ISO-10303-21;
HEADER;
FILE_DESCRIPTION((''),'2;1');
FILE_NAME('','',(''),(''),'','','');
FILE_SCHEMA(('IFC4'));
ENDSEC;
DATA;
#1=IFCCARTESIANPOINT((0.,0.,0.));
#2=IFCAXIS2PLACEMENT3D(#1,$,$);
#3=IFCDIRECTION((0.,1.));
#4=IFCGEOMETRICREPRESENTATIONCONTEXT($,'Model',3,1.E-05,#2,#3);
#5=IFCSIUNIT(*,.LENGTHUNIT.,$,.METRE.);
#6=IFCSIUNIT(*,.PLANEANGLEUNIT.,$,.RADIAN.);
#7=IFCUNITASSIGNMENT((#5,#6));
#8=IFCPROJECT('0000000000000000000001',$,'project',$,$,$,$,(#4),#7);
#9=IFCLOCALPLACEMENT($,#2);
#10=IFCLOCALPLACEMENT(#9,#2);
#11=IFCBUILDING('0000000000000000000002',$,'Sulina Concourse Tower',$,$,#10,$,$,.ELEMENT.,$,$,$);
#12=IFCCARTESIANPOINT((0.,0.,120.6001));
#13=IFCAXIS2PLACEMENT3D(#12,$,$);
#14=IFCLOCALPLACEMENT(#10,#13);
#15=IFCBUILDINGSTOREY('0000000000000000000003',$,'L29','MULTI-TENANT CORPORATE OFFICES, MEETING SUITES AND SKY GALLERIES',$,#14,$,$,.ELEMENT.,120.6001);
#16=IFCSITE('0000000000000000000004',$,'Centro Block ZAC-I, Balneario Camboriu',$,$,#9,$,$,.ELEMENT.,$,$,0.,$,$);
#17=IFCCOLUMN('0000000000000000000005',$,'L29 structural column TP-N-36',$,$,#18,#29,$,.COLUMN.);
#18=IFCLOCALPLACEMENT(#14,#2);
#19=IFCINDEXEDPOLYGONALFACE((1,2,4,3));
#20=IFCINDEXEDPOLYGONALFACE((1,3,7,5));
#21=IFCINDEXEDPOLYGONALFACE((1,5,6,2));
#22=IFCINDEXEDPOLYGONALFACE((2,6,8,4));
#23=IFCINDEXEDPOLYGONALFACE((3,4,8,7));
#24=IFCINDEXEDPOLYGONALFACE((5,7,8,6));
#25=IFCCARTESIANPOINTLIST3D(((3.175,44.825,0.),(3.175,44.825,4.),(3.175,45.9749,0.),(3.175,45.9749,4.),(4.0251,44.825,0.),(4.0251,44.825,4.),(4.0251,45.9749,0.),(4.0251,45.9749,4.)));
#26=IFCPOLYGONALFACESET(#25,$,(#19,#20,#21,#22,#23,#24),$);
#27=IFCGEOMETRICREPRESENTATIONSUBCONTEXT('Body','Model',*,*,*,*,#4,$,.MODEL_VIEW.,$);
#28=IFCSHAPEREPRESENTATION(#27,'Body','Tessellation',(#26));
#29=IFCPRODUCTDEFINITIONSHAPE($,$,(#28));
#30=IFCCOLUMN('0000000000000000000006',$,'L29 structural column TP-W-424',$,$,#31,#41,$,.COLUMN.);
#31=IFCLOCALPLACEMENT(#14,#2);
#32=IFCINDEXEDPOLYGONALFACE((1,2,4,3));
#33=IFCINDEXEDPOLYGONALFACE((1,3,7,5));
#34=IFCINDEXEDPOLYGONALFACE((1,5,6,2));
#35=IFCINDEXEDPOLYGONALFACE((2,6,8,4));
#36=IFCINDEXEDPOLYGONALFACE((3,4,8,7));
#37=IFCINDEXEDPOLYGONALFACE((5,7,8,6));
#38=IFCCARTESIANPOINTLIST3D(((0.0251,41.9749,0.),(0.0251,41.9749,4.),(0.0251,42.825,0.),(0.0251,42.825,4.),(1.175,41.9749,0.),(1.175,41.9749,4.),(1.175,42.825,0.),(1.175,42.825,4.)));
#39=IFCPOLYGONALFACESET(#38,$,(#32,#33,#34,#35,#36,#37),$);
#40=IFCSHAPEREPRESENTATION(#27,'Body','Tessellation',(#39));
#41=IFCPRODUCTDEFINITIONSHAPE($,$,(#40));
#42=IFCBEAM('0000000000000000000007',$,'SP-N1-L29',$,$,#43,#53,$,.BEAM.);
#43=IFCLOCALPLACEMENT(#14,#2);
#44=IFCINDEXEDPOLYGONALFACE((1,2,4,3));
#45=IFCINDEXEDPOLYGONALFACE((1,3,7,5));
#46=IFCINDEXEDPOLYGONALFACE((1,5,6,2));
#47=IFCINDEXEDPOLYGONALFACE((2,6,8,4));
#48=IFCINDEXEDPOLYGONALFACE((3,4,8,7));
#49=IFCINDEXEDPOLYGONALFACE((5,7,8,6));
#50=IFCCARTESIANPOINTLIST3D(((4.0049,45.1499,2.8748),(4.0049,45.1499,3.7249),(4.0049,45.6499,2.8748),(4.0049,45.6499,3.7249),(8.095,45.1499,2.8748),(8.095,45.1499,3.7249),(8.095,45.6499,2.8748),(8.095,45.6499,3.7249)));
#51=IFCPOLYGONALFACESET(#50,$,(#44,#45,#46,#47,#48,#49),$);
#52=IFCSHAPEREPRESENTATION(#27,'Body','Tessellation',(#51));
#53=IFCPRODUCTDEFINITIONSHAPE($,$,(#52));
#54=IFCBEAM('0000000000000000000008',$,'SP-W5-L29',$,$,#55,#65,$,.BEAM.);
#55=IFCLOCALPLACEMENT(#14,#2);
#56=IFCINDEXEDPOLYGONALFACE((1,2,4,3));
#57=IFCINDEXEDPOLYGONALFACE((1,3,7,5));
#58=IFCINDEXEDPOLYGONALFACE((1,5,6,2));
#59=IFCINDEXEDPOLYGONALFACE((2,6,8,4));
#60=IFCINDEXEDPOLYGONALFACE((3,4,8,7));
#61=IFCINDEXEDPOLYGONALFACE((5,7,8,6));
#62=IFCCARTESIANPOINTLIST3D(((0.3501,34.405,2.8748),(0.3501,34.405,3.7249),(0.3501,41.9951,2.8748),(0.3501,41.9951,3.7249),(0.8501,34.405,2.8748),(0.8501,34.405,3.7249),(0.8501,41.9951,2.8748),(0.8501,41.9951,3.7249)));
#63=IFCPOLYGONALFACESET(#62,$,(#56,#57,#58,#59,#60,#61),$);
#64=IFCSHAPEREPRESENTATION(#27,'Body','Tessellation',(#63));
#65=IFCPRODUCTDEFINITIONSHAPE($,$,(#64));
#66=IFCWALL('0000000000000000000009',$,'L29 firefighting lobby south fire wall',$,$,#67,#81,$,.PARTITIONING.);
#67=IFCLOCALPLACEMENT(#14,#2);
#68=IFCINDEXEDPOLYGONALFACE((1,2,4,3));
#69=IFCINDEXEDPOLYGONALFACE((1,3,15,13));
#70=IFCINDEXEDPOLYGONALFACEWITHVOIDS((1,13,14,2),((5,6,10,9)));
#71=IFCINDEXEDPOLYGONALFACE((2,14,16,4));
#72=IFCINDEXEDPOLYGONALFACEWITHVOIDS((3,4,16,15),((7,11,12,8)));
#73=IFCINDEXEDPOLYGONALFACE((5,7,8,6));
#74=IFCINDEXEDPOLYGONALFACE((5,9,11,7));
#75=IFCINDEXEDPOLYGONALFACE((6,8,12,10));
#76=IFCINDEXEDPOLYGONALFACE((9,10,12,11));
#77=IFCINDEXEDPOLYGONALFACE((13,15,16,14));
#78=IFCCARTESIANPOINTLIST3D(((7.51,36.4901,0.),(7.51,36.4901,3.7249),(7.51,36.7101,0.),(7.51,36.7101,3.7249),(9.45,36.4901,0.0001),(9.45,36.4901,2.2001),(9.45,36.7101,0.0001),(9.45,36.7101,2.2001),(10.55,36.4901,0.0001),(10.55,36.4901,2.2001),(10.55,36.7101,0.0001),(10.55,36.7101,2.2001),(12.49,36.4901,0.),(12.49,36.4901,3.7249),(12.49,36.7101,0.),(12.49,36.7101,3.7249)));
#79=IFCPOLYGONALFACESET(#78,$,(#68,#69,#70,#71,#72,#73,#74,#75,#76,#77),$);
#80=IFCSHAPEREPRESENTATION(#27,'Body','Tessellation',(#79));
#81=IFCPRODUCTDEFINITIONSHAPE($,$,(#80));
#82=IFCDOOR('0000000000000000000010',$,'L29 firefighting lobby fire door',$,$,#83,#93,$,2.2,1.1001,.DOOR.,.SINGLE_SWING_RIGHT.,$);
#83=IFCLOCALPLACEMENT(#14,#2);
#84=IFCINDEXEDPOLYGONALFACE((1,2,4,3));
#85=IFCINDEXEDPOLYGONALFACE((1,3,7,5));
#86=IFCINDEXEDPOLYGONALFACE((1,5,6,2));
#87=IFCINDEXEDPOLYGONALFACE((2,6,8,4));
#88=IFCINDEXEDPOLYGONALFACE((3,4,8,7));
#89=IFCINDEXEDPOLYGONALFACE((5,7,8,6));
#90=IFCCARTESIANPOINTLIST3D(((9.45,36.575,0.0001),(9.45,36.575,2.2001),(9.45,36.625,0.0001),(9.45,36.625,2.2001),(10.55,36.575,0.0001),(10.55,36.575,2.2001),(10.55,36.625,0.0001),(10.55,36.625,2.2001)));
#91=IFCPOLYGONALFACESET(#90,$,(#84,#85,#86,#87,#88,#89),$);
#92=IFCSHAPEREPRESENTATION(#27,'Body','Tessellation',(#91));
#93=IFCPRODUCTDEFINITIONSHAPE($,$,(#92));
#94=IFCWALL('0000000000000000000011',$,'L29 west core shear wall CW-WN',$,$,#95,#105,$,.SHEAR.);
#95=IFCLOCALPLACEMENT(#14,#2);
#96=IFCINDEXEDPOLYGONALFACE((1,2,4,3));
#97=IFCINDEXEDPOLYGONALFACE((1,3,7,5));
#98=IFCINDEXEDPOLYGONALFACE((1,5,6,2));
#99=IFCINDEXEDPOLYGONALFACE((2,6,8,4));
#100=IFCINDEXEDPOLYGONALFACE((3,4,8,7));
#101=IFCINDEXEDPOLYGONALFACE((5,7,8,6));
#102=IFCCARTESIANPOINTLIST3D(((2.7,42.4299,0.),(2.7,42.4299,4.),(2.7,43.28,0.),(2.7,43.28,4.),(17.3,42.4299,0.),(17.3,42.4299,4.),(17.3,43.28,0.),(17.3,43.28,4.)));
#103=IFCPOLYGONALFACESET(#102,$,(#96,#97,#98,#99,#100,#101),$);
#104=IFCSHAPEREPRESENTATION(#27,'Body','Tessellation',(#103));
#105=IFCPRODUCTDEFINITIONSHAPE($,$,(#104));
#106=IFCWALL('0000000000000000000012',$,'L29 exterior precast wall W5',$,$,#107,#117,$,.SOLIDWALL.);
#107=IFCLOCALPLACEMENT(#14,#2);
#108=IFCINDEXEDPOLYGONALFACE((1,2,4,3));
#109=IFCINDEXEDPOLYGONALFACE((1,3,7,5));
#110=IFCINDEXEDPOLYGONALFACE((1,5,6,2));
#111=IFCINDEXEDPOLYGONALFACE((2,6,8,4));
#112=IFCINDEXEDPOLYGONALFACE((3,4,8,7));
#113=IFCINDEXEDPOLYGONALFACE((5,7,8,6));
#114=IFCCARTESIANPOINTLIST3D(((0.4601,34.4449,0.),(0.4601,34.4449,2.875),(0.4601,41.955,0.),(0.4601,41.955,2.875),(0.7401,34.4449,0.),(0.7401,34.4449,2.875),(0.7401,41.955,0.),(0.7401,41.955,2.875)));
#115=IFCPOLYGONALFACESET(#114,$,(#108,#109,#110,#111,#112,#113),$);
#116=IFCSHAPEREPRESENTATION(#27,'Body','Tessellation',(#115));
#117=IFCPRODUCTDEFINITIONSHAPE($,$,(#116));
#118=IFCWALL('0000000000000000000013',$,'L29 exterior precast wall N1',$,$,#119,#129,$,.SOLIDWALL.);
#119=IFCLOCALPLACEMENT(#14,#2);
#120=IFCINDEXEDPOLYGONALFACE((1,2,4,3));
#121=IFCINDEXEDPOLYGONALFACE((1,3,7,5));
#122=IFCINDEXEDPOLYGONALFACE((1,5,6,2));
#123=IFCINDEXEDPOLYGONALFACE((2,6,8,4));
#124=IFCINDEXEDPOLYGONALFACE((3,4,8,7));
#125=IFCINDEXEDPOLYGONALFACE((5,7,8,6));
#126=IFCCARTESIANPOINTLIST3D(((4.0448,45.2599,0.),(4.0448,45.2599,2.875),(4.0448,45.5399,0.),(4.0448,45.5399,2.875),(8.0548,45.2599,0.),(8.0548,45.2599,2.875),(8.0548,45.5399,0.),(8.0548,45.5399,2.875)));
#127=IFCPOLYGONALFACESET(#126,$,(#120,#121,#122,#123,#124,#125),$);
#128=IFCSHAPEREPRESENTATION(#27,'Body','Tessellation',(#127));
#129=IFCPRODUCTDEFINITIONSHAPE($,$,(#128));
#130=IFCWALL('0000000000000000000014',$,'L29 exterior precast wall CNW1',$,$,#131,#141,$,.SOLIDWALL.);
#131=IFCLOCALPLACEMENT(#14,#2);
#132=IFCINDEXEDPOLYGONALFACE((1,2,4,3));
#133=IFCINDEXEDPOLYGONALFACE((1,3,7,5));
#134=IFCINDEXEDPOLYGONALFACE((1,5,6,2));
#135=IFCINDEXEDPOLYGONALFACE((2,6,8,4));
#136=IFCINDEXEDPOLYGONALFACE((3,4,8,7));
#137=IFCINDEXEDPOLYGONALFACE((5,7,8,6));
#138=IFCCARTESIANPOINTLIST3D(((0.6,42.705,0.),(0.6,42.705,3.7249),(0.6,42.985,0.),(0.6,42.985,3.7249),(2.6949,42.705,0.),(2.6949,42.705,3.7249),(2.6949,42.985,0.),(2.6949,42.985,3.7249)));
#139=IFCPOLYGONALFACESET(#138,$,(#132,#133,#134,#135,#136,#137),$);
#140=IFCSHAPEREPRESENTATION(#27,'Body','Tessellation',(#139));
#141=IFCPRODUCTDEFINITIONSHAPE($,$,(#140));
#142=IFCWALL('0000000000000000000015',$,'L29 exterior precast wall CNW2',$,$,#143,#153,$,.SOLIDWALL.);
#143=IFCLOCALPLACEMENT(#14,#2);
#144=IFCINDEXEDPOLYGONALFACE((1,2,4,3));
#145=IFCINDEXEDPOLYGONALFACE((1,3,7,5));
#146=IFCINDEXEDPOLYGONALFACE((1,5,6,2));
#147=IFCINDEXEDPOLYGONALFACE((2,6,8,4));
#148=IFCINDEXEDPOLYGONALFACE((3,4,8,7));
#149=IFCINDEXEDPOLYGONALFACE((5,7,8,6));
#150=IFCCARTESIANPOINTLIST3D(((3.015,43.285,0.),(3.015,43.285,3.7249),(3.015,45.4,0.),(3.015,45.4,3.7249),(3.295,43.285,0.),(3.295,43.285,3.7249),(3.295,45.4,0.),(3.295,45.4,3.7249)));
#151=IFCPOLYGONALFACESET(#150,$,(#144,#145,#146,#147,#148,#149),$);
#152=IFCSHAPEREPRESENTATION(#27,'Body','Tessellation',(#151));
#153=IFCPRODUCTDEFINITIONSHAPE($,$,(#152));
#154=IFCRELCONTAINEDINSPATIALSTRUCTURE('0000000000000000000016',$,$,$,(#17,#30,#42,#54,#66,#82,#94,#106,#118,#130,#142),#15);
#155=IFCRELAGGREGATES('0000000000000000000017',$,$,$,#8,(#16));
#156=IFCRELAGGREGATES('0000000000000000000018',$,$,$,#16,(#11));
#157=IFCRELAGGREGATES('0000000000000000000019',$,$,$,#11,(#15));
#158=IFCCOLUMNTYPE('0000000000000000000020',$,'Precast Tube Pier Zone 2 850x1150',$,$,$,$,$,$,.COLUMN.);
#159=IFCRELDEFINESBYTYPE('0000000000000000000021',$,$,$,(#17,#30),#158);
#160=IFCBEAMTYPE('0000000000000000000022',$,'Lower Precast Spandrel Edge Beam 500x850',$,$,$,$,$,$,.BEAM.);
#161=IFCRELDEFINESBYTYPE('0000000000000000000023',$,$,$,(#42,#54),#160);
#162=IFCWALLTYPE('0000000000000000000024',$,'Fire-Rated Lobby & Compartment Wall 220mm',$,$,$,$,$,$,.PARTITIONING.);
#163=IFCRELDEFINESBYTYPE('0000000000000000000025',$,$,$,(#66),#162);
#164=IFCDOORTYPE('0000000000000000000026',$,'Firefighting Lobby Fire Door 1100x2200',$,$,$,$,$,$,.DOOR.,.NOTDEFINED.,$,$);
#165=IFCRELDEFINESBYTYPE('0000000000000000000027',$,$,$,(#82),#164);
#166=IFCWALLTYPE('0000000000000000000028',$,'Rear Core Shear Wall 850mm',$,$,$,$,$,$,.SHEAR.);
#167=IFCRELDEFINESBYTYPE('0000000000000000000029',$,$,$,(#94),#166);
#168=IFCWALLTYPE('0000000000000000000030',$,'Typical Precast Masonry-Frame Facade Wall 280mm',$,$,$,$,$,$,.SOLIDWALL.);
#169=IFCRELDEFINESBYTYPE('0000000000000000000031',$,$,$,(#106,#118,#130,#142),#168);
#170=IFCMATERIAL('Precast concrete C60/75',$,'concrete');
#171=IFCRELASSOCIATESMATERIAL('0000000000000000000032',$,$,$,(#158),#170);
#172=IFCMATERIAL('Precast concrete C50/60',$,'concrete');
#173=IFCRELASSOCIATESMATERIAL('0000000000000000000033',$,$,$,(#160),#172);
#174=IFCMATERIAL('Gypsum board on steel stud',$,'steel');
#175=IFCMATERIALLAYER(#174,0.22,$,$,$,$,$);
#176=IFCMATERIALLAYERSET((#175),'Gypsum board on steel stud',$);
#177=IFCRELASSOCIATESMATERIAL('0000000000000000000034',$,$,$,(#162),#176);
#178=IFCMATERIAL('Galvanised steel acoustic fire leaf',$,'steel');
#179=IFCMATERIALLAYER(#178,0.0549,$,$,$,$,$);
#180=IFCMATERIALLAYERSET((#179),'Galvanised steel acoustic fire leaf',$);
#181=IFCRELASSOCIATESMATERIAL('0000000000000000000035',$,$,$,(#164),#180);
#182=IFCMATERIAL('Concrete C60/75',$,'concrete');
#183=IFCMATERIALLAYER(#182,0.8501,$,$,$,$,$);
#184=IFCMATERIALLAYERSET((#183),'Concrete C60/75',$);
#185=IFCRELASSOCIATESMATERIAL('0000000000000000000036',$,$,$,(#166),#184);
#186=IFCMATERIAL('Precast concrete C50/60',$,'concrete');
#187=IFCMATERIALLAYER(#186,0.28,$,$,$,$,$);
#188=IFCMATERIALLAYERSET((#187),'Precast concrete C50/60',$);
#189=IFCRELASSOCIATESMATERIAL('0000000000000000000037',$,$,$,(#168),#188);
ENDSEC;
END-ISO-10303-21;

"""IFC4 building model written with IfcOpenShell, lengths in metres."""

from ifc_helpers import new_model, si_unit, direction, frame, frame_2d, origin, origin_2d, place, context, subcontext, project, spatial, rectangle, extrude, material, layer, layer_set, material_profile, profile_set, type_object, element, fill, save


model = new_model("IFC4")

# Units and contexts
model_context = context("Model", 3, precision=1e-05, world=origin(), true_north=direction((0.0, 1.0)))
body_context = subcontext(model_context, "Body", "Model", "MODEL_VIEW")
ifc_project = project(units=[si_unit("LENGTHUNIT", "METRE"), si_unit("PLANEANGLEUNIT", "RADIAN")], contexts=[model_context])

# Site, building, storey
site_placement = place(None, origin())
site = spatial("IfcSite", under=ifc_project, at=site_placement, Name="Centro Block ZAC-I, Balneario Camboriu", CompositionType="ELEMENT", RefElevation=0.0)
building_placement = place(site_placement, origin())
building = spatial("IfcBuilding", under=site, at=building_placement, Name="Sulina Concourse Tower", CompositionType="ELEMENT")
storey_placement = place(building_placement, frame((0.0, 0.0, 120.6001)))
storey = spatial("IfcBuildingStorey", under=building, at=storey_placement, Name="L29", Description="MULTI-TENANT CORPORATE OFFICES, MEETING SUITES AND SKY GALLERIES", CompositionType="ELEMENT", Elevation=120.6001)

# Columns
ifc_material_1 = material(Name="Precast concrete C60/75", Category="concrete")
ifc_material_profile_1 = material_profile(ifc_material_1, rectangle(XDim=0.8501, YDim=1.1499, at=origin_2d()), Name="PC 850x1150")
ifc_profile_set_1 = profile_set([ifc_material_profile_1], Name="Precast concrete C60/75")
column_type = type_object("IfcColumnType", Name="Precast Tube Pier Zone 2 850x1150", PredefinedType="COLUMN", material=ifc_profile_set_1)
for number, where, z_axis, x_axis, name in (
    (1, (3.6001, 45.3999, 0.0), (0.0, 0.0, 1.0), (1.0, 0.0, 0.0), "L29 structural column TP-N-36"),
    (2, (0.6001, 42.3999, 0.0), (0.0, 0.0, 1.0), (0.0, 1.0, 0.0), "L29 structural column TP-W-424"),
):
    element("IfcColumn", number, at=place(storey_placement, frame(where, z_axis=z_axis, x_axis=x_axis)), inside=storey, type_object=column_type, Name=name, PredefinedType="COLUMN", context=body_context, shape_type="SweptSolid", body=[
        extrude(rectangle(XDim=0.8501, YDim=1.1499, at=origin_2d()), origin(), (0.0, 0.0, 1.0), 4.0),
    ])

# Beams
ifc_material_2 = material(Name="Precast concrete C50/60", Category="concrete")
ifc_material_profile_2 = material_profile(ifc_material_2, rectangle(XDim=0.5, YDim=0.8501, at=origin_2d()), Name="RC 500x850")
ifc_profile_set_2 = profile_set([ifc_material_profile_2], Name="Precast concrete C50/60")
beam_type = type_object("IfcBeamType", Name="Lower Precast Spandrel Edge Beam 500x850", PredefinedType="BEAM", material=ifc_profile_set_2)
beam_1_placement = place(storey_placement, frame((4.0049, 45.3999, 3.2998), z_axis=(1.0, 0.0, 0.0), x_axis=(0.0, 1.0, 0.0)))
element("IfcBeam", 3, at=beam_1_placement, inside=storey, type_object=beam_type, Name="SP-N1-L29", PredefinedType="BEAM", context=body_context, shape_type="SweptSolid", body=[
    extrude(rectangle(XDim=0.5, YDim=0.8501, at=origin_2d()), origin(), (0.0, 0.0, 1.0), 4.0901),
])
beam_2_placement = place(storey_placement, frame((0.6001, 34.405, 3.2998), z_axis=(0.0, 1.0, 0.0), x_axis=(-1.0, 0.0, 0.0)))
element("IfcBeam", 4, at=beam_2_placement, inside=storey, type_object=beam_type, Name="SP-W5-L29", PredefinedType="BEAM", context=body_context, shape_type="SweptSolid", body=[
    extrude(rectangle(XDim=0.5, YDim=0.8501, at=origin_2d()), origin(), (0.0, 0.0, 1.0), 7.5901),
])

# Wall, opening, door
ifc_material_3 = material(Name="Gypsum board on steel stud", Category="steel")
ifc_layer_1 = layer(ifc_material_3, 0.22)
ifc_layer_set_1 = layer_set([ifc_layer_1], Name="Gypsum board on steel stud")
wall_type_1 = type_object("IfcWallType", Name="Fire-Rated Lobby & Compartment Wall 220mm", PredefinedType="PARTITIONING", material=ifc_layer_set_1)
wall_1_placement = place(storey_placement, frame((7.51, 36.6001, 0.0), z_axis=(0.0, 0.0, 1.0), x_axis=(1.0, 0.0, 0.0)))
wall_1 = element("IfcWall", 5, at=wall_1_placement, inside=storey, type_object=wall_type_1, Name="L29 firefighting lobby south fire wall", PredefinedType="PARTITIONING", context=body_context, shape_type="SweptSolid", body=[
    extrude(rectangle(XDim=4.98, YDim=0.22, at=frame_2d((2.49, 0.0))), origin(), (0.0, 0.0, 1.0), 3.7249),
])
opening_placement = place(wall_1_placement, frame((1.9399, 0.0, 0.0)))
opening = element("IfcOpeningElement", 6, at=opening_placement, cuts=wall_1, PredefinedType="OPENING", context=body_context, shape_type="SweptSolid", body=[
    extrude(rectangle(XDim=1.1001, YDim=2.2, at=frame_2d((0.55, 1.1001))), frame((0.0, 0.1199, 0.0), z_axis=(0.0, -1.0, 0.0), x_axis=(1.0, 0.0, 0.0)), (0.0, 0.0, 1.0), 0.24),
])
ifc_material_4 = material(Name="Galvanised steel acoustic fire leaf", Category="steel")
ifc_layer_2 = layer(ifc_material_4, 0.0549)
ifc_layer_set_2 = layer_set([ifc_layer_2], Name="Galvanised steel acoustic fire leaf")
door_type = type_object("IfcDoorType", Name="Firefighting Lobby Fire Door 1100x2200", OperationType="NOTDEFINED", PredefinedType="DOOR", material=ifc_layer_set_2)
door_placement = place(opening_placement, origin())
door = element("IfcDoor", 7, at=door_placement, inside=storey, type_object=door_type, Name="L29 firefighting lobby fire door", OperationType="SINGLE_SWING_RIGHT", OverallHeight=2.2, OverallWidth=1.1001, PredefinedType="DOOR", context=body_context, shape_type="SweptSolid", body=[
    extrude(rectangle(XDim=1.1001, YDim=2.2, at=frame_2d((0.55, 1.1001))), frame((0.0, 0.0249, 0.0), z_axis=(0.0, -1.0, 0.0), x_axis=(1.0, 0.0, 0.0)), (0.0, 0.0, 1.0), 0.05),
])
fill(opening, door)

# Walls
ifc_material_5 = material(Name="Concrete C60/75", Category="concrete")
ifc_layer_3 = layer(ifc_material_5, 0.8501)
ifc_layer_set_3 = layer_set([ifc_layer_3], Name="Concrete C60/75")
wall_type_2 = type_object("IfcWallType", Name="Rear Core Shear Wall 850mm", PredefinedType="SHEAR", material=ifc_layer_set_3)
wall_2_placement = place(storey_placement, frame((2.7, 42.855, 0.0), z_axis=(0.0, 0.0, 1.0), x_axis=(1.0, 0.0, 0.0)))
element("IfcWall", 8, at=wall_2_placement, inside=storey, type_object=wall_type_2, Name="L29 west core shear wall CW-WN", PredefinedType="SHEAR", context=body_context, shape_type="SweptSolid", body=[
    extrude(rectangle(XDim=14.6001, YDim=0.8501, at=frame_2d((7.3, 0.0))), origin(), (0.0, 0.0, 1.0), 4.0),
])
ifc_material_6 = material(Name="Precast concrete C50/60", Category="concrete")
ifc_layer_4 = layer(ifc_material_6, 0.28)
ifc_layer_set_4 = layer_set([ifc_layer_4], Name="Precast concrete C50/60")
wall_type_3 = type_object("IfcWallType", Name="Typical Precast Masonry-Frame Facade Wall 280mm", PredefinedType="SOLIDWALL", material=ifc_layer_set_4)
wall_3_placement = place(storey_placement, frame((0.6001, 34.4451, 0.0), z_axis=(0.0, 0.0, 1.0), x_axis=(0.0, 1.0, 0.0)))
element("IfcWall", 9, at=wall_3_placement, inside=storey, type_object=wall_type_3, Name="L29 exterior precast wall W5", PredefinedType="SOLIDWALL", context=body_context, shape_type="SweptSolid", body=[
    extrude(rectangle(XDim=7.51, YDim=0.28, at=frame_2d((3.7549, 0.0))), origin(), (0.0, 0.0, 1.0), 2.875),
])
wall_4_placement = place(storey_placement, frame((4.0449, 45.3999, 0.0), z_axis=(0.0, 0.0, 1.0), x_axis=(1.0, 0.0, 0.0)))
element("IfcWall", 10, at=wall_4_placement, inside=storey, type_object=wall_type_3, Name="L29 exterior precast wall N1", PredefinedType="SOLIDWALL", context=body_context, shape_type="SweptSolid", body=[
    extrude(rectangle(XDim=4.01, YDim=0.28, at=frame_2d((2.0049, 0.0))), origin(), (0.0, 0.0, 1.0), 2.875),
])
wall_5_placement = place(storey_placement, frame((0.6001, 42.845, 0.0), z_axis=(0.0, 0.0, 1.0), x_axis=(1.0, 0.0, 0.0)))
element("IfcWall", 11, at=wall_5_placement, inside=storey, type_object=wall_type_3, Name="L29 exterior precast wall CNW1", PredefinedType="SOLIDWALL", context=body_context, shape_type="SweptSolid", body=[
    extrude(rectangle(XDim=2.095, YDim=0.28, at=frame_2d((1.0474, 0.0))), origin(), (0.0, 0.0, 1.0), 3.7249),
])
wall_6_placement = place(storey_placement, frame((3.155, 43.2849, 0.0), z_axis=(0.0, 0.0, 1.0), x_axis=(0.0, 1.0, 0.0)))
element("IfcWall", 12, at=wall_6_placement, inside=storey, type_object=wall_type_3, Name="L29 exterior precast wall CNW2", PredefinedType="SOLIDWALL", context=body_context, shape_type="SweptSolid", body=[
    extrude(rectangle(XDim=2.115, YDim=0.28, at=frame_2d((1.0576, 0.0))), origin(), (0.0, 0.0, 1.0), 3.7249),
])

save(model, "model.ifc")
